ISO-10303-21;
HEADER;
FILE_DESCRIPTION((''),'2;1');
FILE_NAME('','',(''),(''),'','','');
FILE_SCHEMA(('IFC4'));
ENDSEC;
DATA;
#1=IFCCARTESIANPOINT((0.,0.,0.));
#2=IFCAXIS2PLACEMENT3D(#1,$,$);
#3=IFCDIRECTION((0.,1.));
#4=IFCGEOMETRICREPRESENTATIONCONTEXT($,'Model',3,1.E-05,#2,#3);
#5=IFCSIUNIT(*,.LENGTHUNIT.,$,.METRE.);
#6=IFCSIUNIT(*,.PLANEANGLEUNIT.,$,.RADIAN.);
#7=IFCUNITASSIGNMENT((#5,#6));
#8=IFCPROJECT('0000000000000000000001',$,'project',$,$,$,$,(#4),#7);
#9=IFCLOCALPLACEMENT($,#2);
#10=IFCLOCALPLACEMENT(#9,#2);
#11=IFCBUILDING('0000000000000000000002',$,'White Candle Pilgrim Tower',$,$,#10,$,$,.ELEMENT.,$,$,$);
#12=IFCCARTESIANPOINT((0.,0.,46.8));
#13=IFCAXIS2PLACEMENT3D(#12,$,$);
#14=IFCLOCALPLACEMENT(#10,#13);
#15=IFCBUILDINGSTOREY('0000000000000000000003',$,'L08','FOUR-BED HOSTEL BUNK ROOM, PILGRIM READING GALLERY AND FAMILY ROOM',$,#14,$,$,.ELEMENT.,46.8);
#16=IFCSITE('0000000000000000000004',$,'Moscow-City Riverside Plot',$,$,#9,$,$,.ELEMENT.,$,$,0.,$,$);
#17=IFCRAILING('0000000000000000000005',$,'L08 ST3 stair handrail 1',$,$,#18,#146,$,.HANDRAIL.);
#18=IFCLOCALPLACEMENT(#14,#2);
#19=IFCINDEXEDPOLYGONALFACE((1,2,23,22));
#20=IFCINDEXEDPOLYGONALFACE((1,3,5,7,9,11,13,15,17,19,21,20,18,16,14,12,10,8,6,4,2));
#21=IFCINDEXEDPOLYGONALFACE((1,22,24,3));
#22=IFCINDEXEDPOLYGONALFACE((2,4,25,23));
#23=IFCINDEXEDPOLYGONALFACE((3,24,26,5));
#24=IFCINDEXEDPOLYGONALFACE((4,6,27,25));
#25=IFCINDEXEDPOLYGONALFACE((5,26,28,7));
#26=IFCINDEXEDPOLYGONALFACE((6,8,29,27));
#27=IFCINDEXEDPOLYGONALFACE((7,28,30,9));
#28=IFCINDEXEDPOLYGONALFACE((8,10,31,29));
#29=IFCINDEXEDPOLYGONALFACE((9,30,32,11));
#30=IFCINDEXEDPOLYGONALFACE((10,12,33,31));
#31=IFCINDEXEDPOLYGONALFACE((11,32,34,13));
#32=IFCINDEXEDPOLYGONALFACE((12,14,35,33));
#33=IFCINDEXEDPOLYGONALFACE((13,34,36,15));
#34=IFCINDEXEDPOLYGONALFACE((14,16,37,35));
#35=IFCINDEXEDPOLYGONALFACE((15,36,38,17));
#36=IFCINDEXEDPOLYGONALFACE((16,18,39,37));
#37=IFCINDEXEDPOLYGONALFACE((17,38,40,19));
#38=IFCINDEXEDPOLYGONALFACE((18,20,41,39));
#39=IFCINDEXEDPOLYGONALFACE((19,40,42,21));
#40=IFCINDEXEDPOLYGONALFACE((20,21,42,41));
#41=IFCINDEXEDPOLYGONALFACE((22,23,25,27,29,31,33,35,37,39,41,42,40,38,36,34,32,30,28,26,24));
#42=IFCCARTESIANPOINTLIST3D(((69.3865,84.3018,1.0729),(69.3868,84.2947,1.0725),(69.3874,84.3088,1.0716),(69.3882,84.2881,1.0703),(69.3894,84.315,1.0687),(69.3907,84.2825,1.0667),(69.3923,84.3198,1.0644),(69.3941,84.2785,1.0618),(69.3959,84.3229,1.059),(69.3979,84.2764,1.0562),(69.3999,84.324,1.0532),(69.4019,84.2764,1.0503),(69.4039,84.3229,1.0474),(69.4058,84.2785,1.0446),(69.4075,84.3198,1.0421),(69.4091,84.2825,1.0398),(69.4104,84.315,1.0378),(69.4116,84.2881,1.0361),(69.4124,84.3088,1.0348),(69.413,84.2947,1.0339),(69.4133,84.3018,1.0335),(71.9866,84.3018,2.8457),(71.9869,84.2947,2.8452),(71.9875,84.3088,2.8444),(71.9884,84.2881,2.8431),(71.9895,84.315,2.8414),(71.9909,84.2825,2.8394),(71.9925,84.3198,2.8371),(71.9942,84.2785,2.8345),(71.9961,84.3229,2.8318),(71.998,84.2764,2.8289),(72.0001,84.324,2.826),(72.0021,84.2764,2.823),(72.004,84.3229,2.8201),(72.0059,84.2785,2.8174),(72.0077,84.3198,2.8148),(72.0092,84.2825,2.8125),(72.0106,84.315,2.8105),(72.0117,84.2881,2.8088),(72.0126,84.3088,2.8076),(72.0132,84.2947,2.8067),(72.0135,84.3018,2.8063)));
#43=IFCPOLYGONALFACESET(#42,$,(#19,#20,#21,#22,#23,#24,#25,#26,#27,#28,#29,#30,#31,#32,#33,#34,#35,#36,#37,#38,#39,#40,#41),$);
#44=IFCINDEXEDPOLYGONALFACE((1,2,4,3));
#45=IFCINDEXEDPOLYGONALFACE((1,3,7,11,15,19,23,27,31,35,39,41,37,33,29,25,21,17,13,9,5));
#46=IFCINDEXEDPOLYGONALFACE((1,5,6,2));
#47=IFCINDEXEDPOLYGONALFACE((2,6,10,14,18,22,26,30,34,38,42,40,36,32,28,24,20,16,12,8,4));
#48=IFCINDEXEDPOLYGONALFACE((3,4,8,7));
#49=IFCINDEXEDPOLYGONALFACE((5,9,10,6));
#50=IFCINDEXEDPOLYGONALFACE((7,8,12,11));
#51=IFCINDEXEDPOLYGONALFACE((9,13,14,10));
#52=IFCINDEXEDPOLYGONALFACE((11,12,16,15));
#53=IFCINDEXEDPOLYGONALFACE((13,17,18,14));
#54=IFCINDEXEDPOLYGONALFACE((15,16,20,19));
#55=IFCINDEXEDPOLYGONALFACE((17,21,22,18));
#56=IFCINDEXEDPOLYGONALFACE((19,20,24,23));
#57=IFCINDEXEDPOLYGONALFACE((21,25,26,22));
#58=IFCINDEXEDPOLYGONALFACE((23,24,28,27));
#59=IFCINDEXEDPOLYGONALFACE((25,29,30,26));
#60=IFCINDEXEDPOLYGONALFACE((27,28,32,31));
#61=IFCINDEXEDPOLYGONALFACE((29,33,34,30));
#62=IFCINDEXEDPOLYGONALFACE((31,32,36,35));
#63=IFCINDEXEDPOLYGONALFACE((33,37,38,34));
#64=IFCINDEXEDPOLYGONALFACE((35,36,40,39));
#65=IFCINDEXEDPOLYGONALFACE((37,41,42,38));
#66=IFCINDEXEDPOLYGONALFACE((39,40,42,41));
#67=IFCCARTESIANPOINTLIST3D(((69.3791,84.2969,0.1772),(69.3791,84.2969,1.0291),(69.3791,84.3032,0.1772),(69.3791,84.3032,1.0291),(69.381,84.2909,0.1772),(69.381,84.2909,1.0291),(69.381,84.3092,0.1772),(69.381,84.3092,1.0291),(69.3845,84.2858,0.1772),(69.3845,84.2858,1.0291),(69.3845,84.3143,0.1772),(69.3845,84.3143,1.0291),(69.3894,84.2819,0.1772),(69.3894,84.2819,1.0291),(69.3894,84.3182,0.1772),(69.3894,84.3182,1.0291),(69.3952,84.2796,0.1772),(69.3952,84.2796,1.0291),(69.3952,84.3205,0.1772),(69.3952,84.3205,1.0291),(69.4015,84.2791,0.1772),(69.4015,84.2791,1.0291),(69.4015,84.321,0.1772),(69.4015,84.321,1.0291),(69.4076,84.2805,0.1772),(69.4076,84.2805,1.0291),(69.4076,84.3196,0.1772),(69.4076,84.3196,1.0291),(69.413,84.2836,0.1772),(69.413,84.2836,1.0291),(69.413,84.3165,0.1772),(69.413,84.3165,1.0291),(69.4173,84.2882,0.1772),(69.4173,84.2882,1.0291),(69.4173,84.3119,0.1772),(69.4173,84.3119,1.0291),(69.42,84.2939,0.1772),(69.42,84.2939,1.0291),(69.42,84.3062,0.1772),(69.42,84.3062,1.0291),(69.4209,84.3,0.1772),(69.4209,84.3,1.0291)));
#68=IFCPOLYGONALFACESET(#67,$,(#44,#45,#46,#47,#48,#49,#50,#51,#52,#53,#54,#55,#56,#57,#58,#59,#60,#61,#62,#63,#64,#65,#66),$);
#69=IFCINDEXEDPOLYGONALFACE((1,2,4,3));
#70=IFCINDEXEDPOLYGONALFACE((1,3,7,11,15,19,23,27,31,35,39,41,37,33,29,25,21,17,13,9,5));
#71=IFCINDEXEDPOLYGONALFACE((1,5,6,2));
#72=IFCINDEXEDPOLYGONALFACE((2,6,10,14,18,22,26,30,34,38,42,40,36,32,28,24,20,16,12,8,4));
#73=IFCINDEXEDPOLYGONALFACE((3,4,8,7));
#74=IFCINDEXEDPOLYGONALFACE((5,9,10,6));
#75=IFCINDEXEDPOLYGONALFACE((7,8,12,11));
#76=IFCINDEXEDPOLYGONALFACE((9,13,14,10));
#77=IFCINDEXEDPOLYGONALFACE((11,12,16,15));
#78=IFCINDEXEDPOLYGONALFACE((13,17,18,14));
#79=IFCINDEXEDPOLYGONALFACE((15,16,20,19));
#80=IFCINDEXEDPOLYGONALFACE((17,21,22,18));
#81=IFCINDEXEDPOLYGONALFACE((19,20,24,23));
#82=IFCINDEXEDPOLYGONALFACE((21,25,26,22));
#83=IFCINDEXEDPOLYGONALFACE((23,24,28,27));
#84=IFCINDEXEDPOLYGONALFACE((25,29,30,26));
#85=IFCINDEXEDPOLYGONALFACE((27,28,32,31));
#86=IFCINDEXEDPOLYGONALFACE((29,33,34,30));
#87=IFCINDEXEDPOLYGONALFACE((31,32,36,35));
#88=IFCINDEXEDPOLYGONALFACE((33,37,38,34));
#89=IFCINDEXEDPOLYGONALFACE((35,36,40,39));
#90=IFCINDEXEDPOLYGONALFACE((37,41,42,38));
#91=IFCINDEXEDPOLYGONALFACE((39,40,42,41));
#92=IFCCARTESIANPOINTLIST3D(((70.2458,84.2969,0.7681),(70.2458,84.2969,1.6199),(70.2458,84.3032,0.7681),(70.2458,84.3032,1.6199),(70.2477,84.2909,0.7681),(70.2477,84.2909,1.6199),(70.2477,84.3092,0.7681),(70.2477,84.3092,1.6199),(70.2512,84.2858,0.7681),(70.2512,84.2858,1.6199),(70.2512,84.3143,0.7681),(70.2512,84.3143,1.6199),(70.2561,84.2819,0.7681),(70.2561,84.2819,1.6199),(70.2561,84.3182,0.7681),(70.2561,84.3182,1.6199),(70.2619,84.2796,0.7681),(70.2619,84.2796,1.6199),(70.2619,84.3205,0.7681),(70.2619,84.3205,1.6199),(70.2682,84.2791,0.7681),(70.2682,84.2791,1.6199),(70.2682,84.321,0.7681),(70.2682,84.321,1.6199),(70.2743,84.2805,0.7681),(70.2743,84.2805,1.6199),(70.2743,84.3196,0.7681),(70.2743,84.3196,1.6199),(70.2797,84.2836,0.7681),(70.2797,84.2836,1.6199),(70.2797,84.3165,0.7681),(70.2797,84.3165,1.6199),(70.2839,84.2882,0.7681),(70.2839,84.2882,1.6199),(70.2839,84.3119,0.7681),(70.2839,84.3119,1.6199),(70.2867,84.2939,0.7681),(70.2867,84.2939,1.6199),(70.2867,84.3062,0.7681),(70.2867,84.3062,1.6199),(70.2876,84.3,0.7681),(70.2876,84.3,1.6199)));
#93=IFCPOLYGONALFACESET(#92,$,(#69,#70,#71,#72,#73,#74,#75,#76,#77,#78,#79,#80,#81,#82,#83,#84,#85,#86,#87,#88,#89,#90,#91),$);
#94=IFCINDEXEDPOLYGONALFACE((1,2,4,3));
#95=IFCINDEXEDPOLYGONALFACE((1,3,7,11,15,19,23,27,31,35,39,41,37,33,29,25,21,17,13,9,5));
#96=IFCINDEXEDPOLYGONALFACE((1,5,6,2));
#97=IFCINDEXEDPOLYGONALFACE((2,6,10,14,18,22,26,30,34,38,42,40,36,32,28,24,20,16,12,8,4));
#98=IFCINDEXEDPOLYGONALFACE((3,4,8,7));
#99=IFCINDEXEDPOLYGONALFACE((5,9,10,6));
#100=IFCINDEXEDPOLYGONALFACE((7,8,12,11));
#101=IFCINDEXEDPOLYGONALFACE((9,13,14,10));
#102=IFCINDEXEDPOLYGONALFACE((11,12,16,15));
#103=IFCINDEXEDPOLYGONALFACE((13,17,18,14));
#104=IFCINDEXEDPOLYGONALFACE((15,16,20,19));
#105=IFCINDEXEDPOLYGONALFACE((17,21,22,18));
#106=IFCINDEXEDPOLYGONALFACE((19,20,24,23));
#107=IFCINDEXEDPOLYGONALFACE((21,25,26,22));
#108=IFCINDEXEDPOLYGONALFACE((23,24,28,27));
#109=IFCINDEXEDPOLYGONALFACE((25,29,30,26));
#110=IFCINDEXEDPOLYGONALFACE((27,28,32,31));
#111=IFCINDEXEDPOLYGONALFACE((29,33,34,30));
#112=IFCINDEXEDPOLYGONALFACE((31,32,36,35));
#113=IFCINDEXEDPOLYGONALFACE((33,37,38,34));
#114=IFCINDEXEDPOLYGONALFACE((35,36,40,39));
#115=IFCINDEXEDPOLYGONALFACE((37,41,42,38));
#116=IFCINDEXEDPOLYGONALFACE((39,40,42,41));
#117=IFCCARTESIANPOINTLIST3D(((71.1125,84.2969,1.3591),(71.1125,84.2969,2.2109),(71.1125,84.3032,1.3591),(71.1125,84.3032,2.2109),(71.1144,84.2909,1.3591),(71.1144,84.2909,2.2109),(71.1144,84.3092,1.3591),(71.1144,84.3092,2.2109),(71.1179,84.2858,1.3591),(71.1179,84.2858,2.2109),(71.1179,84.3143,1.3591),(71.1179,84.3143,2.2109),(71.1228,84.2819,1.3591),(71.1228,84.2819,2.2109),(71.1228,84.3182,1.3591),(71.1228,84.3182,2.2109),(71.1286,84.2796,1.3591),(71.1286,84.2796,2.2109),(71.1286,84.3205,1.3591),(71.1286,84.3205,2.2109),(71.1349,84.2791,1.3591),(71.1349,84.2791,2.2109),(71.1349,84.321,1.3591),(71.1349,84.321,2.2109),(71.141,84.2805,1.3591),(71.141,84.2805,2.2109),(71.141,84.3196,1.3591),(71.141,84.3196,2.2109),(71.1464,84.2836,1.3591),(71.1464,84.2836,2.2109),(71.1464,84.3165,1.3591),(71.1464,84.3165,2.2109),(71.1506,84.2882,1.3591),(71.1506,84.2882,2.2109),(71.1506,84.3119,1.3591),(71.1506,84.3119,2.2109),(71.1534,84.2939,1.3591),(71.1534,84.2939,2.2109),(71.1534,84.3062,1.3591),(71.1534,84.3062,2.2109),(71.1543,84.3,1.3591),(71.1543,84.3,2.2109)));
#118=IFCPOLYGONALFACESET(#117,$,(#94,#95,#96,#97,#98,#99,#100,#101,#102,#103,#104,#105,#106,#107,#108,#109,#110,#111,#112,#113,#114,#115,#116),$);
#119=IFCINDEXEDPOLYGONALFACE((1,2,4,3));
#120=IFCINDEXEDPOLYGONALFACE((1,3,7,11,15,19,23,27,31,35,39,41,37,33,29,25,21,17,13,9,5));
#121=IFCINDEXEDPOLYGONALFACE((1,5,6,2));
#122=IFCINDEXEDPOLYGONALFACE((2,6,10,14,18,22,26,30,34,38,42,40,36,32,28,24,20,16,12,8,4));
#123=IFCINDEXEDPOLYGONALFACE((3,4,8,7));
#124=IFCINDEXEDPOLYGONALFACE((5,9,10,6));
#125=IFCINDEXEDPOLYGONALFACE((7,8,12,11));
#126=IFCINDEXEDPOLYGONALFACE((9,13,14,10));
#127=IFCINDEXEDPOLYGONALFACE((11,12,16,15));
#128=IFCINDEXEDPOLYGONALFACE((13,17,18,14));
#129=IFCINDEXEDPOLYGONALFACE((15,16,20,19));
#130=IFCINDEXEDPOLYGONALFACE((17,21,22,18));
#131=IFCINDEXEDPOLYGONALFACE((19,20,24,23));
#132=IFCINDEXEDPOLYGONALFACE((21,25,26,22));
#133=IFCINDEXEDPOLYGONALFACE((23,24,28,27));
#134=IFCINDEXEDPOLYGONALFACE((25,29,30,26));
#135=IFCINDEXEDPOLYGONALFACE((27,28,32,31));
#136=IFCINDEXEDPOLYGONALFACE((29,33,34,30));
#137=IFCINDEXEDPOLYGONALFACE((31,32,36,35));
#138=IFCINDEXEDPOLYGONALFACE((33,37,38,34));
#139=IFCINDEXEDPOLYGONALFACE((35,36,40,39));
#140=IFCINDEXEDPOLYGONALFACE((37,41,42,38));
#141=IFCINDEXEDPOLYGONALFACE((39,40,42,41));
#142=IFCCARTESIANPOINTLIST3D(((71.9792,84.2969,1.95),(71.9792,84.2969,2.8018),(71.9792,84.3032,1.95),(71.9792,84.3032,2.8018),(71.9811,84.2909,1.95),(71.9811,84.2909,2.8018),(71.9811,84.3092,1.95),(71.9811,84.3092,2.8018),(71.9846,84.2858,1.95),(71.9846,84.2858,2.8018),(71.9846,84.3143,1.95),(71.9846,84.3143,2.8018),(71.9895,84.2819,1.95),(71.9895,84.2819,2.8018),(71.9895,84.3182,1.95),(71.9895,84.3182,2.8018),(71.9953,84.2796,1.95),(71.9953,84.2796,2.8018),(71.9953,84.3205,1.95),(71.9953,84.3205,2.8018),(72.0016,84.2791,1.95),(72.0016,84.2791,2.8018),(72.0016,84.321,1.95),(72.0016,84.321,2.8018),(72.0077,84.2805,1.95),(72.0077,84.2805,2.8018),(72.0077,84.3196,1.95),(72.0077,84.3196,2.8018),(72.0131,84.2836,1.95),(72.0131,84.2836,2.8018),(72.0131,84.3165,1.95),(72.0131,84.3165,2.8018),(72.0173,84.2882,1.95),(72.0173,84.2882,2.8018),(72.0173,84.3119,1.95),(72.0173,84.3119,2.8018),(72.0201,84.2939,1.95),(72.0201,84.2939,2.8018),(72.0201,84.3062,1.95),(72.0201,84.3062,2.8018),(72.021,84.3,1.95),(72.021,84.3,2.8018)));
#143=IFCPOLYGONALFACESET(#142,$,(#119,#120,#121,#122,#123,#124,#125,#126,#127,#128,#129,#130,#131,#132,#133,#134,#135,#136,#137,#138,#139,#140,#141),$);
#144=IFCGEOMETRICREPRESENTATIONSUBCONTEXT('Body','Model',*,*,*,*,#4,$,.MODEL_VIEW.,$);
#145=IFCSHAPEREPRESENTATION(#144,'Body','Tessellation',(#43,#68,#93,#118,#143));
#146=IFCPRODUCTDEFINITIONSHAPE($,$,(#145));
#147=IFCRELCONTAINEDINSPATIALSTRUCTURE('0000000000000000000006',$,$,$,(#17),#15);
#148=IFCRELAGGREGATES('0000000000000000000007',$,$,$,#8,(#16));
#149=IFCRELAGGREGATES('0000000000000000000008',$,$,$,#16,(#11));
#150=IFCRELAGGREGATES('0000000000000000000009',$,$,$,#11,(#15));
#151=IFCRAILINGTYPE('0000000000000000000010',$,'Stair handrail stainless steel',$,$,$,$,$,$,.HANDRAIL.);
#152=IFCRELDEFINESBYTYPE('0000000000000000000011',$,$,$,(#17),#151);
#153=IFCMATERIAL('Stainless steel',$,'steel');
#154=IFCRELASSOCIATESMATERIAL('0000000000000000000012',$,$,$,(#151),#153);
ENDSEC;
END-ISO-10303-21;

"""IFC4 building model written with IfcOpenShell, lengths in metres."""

from ifc_helpers import new_model, si_unit, direction, frame, origin, origin_2d, place, context, subcontext, project, spatial, circle, extrude, material, type_object, element, save


model = new_model("IFC4")

# Units and contexts
model_context = context("Model", 3, precision=1e-05, world=origin(), true_north=direction((0.0, 1.0)))
body_context = subcontext(model_context, "Body", "Model", "MODEL_VIEW")
ifc_project = project(units=[si_unit("LENGTHUNIT", "METRE"), si_unit("PLANEANGLEUNIT", "RADIAN")], contexts=[model_context])

# Site, building, storey
site_placement = place(None, origin())
site = spatial("IfcSite", under=ifc_project, at=site_placement, Name="Moscow-City Riverside Plot", CompositionType="ELEMENT", RefElevation=0.0)
building_placement = place(site_placement, origin())
building = spatial("IfcBuilding", under=site, at=building_placement, Name="White Candle Pilgrim Tower", CompositionType="ELEMENT")
storey_placement = place(building_placement, frame((0.0, 0.0, 46.8)))
storey = spatial("IfcBuildingStorey", under=building, at=storey_placement, Name="L08", Description="FOUR-BED HOSTEL BUNK ROOM, PILGRIM READING GALLERY AND FAMILY ROOM", CompositionType="ELEMENT", Elevation=46.8)

# Railing
ifc_material_1 = material(Name="Stainless steel", Category="steel")
railing_type_1 = type_object("IfcRailingType", Name="Stair handrail stainless steel", PredefinedType="HANDRAIL", material=ifc_material_1)
railing_1_placement = place(storey_placement, frame((69.3999, 84.3, 0.1772)))
element("IfcRailing", 1, at=railing_1_placement, inside=storey, type_object=railing_type_1, Name="L08 ST3 stair handrail 1", PredefinedType="HANDRAIL", context=body_context, shape_type="SweptSolid", body=[
    extrude(circle(Radius=0.0239, at=origin_2d()), frame((0.0, 0.0, 0.876), z_axis=(0.82624, 0.0, 0.563318), x_axis=(0.0, 1.0, 0.0)), (0.0, 0.0, 1.0), 3.147),
    extrude(circle(Radius=0.021, at=origin_2d()), origin(), (0.0, 0.0, 1.0), 0.8518),
    extrude(circle(Radius=0.021, at=origin_2d()), frame((0.8667, 0.0, 0.5908)), (0.0, 0.0, 1.0), 0.8518),
    extrude(circle(Radius=0.021, at=origin_2d()), frame((1.7334, 0.0, 1.1819)), (0.0, 0.0, 1.0), 0.8518),
    extrude(circle(Radius=0.021, at=origin_2d()), frame((2.6001, 0.0, 1.7727)), (0.0, 0.0, 1.0), 0.8518),
])

save(model, "model.ifc")
